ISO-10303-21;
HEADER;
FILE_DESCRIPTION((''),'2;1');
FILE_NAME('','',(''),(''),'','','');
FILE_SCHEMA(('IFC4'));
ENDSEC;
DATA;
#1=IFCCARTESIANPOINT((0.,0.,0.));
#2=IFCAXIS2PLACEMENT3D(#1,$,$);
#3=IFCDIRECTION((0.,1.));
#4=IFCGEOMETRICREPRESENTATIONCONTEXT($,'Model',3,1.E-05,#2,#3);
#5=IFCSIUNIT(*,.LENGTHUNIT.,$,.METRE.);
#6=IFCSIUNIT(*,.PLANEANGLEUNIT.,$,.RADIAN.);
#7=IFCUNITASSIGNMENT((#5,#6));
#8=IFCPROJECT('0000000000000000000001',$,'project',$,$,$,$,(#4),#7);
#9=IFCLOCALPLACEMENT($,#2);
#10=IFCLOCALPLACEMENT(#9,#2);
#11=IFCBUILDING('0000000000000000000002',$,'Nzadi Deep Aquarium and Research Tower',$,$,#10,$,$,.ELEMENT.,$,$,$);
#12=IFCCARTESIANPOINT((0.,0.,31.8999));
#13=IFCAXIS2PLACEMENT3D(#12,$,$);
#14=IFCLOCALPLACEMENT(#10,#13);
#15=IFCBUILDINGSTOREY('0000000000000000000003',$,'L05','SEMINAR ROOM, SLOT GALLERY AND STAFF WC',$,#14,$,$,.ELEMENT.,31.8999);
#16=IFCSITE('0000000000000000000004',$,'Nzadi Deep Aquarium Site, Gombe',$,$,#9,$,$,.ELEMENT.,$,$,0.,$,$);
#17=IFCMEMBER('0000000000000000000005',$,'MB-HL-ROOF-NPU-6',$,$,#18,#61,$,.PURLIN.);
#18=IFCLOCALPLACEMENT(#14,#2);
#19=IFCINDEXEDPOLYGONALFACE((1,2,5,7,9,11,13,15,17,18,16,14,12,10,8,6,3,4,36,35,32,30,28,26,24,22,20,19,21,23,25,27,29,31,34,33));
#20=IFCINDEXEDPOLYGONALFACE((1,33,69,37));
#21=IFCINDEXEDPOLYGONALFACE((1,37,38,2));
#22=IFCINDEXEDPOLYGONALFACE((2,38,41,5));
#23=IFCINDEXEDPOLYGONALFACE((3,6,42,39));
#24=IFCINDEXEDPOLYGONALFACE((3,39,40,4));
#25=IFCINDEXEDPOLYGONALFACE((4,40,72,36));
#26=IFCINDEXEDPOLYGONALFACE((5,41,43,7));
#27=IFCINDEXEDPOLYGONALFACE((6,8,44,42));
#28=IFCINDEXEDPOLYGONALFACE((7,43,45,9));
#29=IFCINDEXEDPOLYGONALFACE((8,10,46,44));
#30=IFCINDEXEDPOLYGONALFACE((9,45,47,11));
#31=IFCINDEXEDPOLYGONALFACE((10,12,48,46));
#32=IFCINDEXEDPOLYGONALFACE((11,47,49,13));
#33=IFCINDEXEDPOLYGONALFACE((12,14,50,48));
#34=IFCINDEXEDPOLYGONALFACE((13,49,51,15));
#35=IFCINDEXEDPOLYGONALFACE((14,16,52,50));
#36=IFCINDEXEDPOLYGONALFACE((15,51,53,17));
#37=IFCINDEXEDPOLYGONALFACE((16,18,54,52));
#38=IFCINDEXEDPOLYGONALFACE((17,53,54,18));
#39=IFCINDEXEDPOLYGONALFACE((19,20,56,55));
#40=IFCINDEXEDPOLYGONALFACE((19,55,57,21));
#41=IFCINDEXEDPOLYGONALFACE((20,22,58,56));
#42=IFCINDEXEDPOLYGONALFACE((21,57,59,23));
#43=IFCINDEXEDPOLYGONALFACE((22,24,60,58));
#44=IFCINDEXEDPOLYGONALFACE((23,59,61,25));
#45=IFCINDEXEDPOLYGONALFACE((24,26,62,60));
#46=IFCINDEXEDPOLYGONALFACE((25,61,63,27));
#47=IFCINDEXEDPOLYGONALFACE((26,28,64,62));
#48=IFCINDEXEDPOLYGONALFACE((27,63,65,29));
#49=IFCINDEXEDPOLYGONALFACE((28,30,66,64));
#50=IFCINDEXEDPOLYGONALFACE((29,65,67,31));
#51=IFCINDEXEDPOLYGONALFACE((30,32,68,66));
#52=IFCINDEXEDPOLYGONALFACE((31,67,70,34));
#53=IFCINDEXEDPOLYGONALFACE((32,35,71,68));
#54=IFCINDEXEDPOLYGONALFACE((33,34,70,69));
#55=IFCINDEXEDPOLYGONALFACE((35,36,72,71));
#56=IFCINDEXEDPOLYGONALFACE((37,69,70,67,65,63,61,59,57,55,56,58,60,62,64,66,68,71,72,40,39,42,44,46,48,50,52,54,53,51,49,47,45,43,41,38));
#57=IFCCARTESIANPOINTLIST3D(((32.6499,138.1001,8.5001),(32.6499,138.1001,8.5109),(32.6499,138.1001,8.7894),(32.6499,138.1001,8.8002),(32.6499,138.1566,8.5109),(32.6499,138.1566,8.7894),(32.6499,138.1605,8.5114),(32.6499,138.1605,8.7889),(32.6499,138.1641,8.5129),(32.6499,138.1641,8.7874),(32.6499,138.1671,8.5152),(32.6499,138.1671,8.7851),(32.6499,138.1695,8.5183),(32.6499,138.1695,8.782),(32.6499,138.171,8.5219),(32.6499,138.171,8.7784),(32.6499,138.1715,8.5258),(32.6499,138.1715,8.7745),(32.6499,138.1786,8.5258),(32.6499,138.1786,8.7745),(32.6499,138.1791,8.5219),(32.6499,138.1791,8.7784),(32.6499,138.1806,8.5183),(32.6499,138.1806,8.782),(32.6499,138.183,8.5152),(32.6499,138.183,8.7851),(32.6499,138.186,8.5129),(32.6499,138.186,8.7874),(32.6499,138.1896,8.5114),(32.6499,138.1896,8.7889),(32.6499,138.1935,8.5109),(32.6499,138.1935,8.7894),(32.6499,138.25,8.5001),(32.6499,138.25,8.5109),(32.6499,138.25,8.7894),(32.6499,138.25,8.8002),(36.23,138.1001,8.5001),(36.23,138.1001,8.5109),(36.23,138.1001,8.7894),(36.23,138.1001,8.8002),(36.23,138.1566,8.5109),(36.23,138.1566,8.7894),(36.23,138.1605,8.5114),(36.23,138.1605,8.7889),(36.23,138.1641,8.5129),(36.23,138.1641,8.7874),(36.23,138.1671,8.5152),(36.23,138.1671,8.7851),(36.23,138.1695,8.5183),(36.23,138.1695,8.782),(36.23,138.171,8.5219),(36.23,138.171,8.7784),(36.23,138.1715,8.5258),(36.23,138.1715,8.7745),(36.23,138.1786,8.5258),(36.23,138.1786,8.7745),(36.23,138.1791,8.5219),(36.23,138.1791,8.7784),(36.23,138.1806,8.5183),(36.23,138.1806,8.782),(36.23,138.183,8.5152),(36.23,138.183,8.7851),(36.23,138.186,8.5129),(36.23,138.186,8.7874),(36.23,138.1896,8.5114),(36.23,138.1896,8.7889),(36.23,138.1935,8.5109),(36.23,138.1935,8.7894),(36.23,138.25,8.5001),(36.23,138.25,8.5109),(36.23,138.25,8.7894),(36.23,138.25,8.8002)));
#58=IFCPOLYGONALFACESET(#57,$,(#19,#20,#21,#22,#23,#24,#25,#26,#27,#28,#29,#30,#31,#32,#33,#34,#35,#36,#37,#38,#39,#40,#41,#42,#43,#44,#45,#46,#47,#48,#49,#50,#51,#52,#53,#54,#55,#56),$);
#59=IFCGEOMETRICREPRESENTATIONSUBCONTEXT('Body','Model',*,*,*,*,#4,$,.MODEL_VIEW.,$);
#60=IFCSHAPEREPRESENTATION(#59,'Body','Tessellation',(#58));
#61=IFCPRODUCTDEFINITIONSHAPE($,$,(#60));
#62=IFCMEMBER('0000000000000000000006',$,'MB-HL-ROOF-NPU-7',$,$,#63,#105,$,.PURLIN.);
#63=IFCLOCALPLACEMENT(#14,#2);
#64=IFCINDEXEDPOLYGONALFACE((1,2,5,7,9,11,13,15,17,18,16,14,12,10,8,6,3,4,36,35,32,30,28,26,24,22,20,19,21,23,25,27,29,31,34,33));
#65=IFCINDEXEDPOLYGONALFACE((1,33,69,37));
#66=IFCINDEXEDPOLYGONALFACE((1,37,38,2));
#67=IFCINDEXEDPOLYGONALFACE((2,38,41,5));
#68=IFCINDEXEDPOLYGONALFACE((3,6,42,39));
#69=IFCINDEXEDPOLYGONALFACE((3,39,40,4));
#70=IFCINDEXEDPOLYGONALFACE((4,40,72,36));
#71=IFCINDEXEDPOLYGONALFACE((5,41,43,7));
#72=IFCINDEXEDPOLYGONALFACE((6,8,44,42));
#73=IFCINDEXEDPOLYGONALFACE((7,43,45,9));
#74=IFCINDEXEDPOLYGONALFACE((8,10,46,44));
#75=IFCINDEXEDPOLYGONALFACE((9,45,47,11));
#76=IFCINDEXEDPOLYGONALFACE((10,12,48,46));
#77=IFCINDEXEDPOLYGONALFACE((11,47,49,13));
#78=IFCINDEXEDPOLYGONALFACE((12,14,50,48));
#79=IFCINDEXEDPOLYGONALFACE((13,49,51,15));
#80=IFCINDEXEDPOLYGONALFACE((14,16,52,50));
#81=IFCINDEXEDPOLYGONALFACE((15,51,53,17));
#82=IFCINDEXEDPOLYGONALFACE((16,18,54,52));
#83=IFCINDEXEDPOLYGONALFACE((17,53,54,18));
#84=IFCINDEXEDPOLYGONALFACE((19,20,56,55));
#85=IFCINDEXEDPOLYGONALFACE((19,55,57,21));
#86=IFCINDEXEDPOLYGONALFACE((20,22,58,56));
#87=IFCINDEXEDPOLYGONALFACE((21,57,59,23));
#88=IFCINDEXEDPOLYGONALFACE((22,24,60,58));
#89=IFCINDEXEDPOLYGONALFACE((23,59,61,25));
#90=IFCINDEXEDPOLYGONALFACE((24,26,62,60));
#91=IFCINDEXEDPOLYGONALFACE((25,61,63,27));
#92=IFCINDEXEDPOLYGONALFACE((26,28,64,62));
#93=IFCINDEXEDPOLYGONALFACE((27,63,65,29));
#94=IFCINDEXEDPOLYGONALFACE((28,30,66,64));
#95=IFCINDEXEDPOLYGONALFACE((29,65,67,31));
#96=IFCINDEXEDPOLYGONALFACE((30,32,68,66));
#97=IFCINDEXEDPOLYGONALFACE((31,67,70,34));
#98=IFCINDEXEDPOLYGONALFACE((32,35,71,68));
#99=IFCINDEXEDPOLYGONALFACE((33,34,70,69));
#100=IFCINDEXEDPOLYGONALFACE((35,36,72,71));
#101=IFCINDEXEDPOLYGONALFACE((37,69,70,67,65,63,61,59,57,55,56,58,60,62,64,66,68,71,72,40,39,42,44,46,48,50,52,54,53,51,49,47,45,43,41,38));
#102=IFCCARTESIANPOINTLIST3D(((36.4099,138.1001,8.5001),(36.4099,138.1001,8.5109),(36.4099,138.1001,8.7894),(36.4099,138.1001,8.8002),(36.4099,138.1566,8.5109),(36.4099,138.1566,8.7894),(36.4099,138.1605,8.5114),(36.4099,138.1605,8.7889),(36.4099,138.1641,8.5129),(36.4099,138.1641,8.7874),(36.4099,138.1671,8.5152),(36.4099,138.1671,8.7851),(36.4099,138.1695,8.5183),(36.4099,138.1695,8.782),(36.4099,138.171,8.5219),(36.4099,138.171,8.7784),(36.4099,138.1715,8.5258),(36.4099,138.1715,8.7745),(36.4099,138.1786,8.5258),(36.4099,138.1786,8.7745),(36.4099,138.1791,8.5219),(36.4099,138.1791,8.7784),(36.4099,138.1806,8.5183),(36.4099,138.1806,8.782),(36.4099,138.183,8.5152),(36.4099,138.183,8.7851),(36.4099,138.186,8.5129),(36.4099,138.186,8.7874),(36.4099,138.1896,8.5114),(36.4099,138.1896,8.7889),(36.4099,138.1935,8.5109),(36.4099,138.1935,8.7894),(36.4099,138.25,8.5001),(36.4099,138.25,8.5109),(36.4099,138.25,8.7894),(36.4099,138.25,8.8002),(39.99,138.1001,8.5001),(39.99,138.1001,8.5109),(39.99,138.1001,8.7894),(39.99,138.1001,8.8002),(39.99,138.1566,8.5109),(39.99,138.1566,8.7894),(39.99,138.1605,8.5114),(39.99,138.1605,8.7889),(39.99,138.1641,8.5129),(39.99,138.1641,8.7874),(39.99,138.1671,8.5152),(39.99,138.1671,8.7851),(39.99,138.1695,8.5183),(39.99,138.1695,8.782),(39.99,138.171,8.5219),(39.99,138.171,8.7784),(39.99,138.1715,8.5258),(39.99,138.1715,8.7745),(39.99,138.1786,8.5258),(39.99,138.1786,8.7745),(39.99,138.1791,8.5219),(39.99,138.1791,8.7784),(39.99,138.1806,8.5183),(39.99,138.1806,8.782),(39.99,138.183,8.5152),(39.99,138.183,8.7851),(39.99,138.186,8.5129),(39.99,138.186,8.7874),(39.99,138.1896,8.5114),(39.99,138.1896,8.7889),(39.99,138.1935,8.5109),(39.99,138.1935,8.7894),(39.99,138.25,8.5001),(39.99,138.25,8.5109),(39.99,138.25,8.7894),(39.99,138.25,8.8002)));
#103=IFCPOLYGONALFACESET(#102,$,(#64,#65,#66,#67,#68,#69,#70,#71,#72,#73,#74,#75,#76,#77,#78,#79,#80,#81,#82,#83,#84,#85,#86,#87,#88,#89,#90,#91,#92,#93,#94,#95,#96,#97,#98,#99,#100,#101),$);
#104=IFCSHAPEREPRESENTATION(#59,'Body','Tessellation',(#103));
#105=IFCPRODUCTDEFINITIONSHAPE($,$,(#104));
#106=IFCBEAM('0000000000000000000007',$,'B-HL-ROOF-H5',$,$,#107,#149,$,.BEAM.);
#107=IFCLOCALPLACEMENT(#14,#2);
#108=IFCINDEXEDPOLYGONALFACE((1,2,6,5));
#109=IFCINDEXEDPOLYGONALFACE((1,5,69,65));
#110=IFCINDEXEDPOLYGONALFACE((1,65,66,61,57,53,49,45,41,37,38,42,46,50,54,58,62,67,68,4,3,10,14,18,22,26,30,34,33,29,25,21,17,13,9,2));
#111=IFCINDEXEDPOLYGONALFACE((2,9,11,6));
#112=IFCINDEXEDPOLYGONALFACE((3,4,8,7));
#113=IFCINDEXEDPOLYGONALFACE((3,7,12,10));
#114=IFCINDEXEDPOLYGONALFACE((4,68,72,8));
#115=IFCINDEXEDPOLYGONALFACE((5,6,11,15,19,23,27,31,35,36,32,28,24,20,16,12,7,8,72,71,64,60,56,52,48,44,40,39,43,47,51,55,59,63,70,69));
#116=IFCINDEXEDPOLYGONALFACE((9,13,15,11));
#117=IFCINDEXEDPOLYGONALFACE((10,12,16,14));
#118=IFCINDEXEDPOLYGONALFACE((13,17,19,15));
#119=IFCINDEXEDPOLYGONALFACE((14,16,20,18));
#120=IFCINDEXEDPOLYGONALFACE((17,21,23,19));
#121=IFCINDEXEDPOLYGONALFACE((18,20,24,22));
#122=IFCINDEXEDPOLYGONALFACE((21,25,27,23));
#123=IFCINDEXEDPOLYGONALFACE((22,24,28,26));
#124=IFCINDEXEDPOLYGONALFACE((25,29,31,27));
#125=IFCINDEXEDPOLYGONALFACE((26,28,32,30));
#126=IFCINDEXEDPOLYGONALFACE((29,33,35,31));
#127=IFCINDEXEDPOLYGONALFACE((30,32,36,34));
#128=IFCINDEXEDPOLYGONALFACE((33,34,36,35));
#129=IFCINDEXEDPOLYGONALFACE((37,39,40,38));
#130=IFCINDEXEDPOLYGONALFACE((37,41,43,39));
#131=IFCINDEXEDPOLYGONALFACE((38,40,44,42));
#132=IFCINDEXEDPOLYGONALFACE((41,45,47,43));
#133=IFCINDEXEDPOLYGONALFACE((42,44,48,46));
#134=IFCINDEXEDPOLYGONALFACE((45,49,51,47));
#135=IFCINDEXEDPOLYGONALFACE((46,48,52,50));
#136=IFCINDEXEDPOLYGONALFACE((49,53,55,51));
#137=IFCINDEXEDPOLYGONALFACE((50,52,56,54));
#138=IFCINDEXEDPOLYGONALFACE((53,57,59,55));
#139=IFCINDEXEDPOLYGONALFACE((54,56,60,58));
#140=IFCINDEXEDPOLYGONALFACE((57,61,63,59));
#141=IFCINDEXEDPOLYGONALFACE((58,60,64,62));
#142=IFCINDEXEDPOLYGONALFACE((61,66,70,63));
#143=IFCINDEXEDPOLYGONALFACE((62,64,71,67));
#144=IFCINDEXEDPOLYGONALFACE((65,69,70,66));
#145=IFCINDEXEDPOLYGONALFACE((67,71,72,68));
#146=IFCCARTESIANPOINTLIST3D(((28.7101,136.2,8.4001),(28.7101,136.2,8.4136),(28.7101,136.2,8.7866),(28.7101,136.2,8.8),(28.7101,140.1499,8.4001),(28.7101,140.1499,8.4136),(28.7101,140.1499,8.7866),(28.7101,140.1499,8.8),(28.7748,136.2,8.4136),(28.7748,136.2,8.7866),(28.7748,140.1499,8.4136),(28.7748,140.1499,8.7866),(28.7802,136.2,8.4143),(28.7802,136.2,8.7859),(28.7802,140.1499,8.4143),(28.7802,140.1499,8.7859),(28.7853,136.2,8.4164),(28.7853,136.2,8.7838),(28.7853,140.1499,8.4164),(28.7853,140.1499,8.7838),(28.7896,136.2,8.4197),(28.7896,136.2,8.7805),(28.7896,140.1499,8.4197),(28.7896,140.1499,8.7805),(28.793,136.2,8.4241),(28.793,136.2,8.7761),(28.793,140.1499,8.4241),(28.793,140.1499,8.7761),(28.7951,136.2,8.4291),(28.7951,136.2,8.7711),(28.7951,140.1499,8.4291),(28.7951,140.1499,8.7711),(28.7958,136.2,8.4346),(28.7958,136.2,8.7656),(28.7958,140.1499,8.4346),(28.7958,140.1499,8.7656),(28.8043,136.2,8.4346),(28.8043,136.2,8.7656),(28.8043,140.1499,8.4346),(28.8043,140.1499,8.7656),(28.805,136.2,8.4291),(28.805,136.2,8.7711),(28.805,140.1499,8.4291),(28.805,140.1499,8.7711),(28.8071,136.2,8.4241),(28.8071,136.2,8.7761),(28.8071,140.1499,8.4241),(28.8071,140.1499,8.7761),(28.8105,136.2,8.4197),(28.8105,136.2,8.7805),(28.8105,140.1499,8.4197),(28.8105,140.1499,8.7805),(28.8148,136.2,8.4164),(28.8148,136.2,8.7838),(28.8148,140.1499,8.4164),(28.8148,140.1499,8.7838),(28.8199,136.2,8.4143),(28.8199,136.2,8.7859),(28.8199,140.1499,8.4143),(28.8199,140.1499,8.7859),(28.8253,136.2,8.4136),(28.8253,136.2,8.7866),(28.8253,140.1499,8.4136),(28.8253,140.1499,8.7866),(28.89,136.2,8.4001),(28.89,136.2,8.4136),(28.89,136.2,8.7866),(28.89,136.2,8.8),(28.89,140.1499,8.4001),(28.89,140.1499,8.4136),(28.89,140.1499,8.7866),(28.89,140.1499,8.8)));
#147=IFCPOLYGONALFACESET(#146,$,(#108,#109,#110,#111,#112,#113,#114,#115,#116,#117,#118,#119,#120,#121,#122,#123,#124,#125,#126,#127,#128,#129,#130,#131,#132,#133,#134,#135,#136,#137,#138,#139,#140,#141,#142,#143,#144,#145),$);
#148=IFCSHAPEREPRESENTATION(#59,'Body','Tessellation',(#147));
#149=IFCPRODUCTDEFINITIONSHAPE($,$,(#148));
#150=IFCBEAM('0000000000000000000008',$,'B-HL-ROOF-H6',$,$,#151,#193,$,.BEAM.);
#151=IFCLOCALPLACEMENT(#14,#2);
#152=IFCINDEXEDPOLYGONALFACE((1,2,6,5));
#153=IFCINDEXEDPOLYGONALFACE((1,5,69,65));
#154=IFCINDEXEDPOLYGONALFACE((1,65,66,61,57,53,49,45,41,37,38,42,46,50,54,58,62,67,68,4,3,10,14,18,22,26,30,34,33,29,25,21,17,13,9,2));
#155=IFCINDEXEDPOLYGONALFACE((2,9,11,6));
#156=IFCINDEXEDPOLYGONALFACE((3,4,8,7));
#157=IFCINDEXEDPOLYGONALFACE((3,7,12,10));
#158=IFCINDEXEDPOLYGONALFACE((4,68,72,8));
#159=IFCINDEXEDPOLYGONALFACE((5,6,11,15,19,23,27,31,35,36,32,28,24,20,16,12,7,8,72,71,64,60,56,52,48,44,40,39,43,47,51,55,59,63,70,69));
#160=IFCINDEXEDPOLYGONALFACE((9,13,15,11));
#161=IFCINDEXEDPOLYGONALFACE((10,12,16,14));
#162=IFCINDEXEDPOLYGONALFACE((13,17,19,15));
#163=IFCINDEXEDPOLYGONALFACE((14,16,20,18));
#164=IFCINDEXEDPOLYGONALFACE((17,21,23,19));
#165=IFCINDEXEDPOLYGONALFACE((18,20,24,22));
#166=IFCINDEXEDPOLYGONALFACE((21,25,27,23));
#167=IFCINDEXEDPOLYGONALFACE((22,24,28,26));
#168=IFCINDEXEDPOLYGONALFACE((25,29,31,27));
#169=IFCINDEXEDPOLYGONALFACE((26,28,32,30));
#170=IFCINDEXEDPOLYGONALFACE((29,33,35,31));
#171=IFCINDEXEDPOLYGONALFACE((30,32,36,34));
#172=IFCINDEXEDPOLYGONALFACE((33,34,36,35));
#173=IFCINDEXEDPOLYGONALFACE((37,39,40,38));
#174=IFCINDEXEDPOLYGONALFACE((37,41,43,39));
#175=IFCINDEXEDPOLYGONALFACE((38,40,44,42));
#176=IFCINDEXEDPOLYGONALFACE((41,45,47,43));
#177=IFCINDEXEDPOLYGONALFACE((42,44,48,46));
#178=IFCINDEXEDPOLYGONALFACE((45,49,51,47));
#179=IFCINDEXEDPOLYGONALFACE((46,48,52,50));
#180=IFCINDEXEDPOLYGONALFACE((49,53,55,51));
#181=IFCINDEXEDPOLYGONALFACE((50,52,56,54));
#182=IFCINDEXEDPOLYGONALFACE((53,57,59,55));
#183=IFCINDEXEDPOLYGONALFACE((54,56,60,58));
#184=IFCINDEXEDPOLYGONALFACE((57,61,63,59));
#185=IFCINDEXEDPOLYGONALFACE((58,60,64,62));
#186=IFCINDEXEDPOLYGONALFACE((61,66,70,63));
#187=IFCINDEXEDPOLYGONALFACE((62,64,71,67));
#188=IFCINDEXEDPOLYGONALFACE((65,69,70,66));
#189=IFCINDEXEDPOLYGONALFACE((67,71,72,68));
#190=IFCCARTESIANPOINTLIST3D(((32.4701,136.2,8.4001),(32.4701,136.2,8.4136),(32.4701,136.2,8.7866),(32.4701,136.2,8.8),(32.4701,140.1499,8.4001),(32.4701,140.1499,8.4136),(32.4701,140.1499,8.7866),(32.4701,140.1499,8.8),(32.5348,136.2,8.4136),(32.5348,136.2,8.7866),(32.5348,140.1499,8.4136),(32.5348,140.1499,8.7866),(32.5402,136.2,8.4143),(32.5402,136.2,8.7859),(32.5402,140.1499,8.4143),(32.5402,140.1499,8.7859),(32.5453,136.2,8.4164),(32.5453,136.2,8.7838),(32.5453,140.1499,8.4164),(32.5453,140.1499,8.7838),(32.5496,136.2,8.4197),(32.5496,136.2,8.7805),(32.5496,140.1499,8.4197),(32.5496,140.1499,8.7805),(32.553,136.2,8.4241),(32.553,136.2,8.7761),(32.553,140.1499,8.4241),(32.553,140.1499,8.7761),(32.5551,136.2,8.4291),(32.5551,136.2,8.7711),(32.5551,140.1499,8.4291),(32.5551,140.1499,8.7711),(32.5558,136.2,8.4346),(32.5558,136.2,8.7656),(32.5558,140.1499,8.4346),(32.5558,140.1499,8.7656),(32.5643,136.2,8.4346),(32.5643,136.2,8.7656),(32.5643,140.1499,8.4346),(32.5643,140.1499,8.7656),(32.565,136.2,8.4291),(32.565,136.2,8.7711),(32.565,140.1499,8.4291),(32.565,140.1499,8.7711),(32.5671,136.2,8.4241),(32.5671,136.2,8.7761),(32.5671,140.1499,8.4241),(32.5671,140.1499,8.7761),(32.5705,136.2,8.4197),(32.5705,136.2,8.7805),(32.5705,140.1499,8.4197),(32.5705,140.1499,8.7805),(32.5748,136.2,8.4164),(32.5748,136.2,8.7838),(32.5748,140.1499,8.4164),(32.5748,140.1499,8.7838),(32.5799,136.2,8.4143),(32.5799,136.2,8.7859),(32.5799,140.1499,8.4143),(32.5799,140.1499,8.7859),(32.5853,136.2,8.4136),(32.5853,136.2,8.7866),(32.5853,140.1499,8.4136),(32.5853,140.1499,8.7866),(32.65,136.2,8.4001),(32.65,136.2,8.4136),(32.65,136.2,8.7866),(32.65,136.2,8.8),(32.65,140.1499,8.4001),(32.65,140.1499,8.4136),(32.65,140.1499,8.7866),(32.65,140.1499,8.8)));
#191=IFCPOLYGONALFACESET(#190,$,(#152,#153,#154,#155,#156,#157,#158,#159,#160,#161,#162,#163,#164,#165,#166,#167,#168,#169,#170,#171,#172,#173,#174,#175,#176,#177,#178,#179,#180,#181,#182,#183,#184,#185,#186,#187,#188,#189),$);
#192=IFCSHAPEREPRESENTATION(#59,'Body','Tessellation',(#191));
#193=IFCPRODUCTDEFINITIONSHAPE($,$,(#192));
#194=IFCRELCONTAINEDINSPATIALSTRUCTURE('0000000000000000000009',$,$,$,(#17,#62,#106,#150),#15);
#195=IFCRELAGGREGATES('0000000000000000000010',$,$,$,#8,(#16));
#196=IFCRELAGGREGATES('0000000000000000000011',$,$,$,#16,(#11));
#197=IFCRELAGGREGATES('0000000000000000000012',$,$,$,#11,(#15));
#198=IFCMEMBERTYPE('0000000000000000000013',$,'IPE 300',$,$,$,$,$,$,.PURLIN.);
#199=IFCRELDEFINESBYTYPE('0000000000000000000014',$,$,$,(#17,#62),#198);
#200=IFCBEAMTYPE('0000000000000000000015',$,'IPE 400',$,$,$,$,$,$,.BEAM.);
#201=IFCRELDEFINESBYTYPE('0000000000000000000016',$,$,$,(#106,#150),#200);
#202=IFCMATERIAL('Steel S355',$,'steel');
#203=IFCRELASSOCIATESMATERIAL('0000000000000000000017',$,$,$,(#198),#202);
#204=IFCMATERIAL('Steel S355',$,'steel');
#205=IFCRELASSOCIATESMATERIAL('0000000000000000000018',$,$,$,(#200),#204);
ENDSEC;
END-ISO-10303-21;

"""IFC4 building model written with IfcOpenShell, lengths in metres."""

from ifc_helpers import new_model, si_unit, direction, frame, origin, origin_2d, place, context, subcontext, project, spatial, i_section, extrude, material, material_profile, profile_set, type_object, element, save


model = new_model("IFC4")

# Units and contexts
model_context = context("Model", 3, precision=1e-05, world=origin(), true_north=direction((0.0, 1.0)))
body_context = subcontext(model_context, "Body", "Model", "MODEL_VIEW")
ifc_project = project(units=[si_unit("LENGTHUNIT", "METRE"), si_unit("PLANEANGLEUNIT", "RADIAN")], contexts=[model_context])

# Site, building, storey
site_placement = place(None, origin())
site = spatial("IfcSite", under=ifc_project, at=site_placement, Name="Nzadi Deep Aquarium Site, Gombe", CompositionType="ELEMENT", RefElevation=0.0)
building_placement = place(site_placement, origin())
building = spatial("IfcBuilding", under=site, at=building_placement, Name="Nzadi Deep Aquarium and Research Tower", CompositionType="ELEMENT")
storey_placement = place(building_placement, frame((0.0, 0.0, 31.8999)))
storey = spatial("IfcBuildingStorey", under=building, at=storey_placement, Name="L05", Description="SEMINAR ROOM, SLOT GALLERY AND STAFF WC", CompositionType="ELEMENT", Elevation=31.8999)

# Members
ifc_material_1 = material(Name="Steel S355", Category="steel")
ifc_material_profile_1 = material_profile(ifc_material_1, i_section(OverallWidth=0.1499, OverallDepth=0.3, WebThickness=0.0071, FlangeThickness=0.0107, FilletRadius=0.0149, at=origin_2d()))
ifc_profile_set_1 = profile_set([ifc_material_profile_1], Name="Steel S355")
member_type_1 = type_object("IfcMemberType", Name="IPE 300", PredefinedType="PURLIN", material=ifc_profile_set_1)
for number, where, z_axis, x_axis, name in (
    (1, (32.6499, 138.175, 8.6501), (1.0, 0.0, 0.0), (0.0, 1.0, 0.0), "MB-HL-ROOF-NPU-6"),
    (2, (36.4099, 138.175, 8.6501), (1.0, 0.0, 0.0), (0.0, 1.0, 0.0), "MB-HL-ROOF-NPU-7"),
):
    element("IfcMember", number, at=place(storey_placement, frame(where, z_axis=z_axis, x_axis=x_axis)), inside=storey, type_object=member_type_1, Name=name, PredefinedType="PURLIN", context=body_context, shape_type="SweptSolid", body=[
        extrude(i_section(OverallWidth=0.1499, OverallDepth=0.3, WebThickness=0.0071, FlangeThickness=0.0107, FilletRadius=0.0149, at=origin_2d()), origin(), (0.0, 0.0, 1.0), 3.5801),
    ])

# Beams
ifc_material_2 = material(Name="Steel S355", Category="steel")
ifc_material_profile_2 = material_profile(ifc_material_2, i_section(OverallWidth=0.1799, OverallDepth=0.3999, WebThickness=0.0085, FlangeThickness=0.0134, FilletRadius=0.021, at=origin_2d()))
ifc_profile_set_2 = profile_set([ifc_material_profile_2], Name="Steel S355")
beam_type = type_object("IfcBeamType", Name="IPE 400", PredefinedType="BEAM", material=ifc_profile_set_2)
for number, where, z_axis, x_axis, name in (
    (3, (28.8, 136.2, 8.6001), (0.0, 1.0, 0.0), (-1.0, 0.0, 0.0), "B-HL-ROOF-H5"),
    (4, (32.5601, 136.2, 8.6001), (0.0, 1.0, 0.0), (-1.0, 0.0, 0.0), "B-HL-ROOF-H6"),
):
    element("IfcBeam", number, at=place(storey_placement, frame(where, z_axis=z_axis, x_axis=x_axis)), inside=storey, type_object=beam_type, Name=name, PredefinedType="BEAM", context=body_context, shape_type="SweptSolid", body=[
        extrude(i_section(OverallWidth=0.1799, OverallDepth=0.3999, WebThickness=0.0085, FlangeThickness=0.0134, FilletRadius=0.021, at=origin_2d()), origin(), (0.0, 0.0, 1.0), 3.95),
    ])

save(model, "model.ifc")
